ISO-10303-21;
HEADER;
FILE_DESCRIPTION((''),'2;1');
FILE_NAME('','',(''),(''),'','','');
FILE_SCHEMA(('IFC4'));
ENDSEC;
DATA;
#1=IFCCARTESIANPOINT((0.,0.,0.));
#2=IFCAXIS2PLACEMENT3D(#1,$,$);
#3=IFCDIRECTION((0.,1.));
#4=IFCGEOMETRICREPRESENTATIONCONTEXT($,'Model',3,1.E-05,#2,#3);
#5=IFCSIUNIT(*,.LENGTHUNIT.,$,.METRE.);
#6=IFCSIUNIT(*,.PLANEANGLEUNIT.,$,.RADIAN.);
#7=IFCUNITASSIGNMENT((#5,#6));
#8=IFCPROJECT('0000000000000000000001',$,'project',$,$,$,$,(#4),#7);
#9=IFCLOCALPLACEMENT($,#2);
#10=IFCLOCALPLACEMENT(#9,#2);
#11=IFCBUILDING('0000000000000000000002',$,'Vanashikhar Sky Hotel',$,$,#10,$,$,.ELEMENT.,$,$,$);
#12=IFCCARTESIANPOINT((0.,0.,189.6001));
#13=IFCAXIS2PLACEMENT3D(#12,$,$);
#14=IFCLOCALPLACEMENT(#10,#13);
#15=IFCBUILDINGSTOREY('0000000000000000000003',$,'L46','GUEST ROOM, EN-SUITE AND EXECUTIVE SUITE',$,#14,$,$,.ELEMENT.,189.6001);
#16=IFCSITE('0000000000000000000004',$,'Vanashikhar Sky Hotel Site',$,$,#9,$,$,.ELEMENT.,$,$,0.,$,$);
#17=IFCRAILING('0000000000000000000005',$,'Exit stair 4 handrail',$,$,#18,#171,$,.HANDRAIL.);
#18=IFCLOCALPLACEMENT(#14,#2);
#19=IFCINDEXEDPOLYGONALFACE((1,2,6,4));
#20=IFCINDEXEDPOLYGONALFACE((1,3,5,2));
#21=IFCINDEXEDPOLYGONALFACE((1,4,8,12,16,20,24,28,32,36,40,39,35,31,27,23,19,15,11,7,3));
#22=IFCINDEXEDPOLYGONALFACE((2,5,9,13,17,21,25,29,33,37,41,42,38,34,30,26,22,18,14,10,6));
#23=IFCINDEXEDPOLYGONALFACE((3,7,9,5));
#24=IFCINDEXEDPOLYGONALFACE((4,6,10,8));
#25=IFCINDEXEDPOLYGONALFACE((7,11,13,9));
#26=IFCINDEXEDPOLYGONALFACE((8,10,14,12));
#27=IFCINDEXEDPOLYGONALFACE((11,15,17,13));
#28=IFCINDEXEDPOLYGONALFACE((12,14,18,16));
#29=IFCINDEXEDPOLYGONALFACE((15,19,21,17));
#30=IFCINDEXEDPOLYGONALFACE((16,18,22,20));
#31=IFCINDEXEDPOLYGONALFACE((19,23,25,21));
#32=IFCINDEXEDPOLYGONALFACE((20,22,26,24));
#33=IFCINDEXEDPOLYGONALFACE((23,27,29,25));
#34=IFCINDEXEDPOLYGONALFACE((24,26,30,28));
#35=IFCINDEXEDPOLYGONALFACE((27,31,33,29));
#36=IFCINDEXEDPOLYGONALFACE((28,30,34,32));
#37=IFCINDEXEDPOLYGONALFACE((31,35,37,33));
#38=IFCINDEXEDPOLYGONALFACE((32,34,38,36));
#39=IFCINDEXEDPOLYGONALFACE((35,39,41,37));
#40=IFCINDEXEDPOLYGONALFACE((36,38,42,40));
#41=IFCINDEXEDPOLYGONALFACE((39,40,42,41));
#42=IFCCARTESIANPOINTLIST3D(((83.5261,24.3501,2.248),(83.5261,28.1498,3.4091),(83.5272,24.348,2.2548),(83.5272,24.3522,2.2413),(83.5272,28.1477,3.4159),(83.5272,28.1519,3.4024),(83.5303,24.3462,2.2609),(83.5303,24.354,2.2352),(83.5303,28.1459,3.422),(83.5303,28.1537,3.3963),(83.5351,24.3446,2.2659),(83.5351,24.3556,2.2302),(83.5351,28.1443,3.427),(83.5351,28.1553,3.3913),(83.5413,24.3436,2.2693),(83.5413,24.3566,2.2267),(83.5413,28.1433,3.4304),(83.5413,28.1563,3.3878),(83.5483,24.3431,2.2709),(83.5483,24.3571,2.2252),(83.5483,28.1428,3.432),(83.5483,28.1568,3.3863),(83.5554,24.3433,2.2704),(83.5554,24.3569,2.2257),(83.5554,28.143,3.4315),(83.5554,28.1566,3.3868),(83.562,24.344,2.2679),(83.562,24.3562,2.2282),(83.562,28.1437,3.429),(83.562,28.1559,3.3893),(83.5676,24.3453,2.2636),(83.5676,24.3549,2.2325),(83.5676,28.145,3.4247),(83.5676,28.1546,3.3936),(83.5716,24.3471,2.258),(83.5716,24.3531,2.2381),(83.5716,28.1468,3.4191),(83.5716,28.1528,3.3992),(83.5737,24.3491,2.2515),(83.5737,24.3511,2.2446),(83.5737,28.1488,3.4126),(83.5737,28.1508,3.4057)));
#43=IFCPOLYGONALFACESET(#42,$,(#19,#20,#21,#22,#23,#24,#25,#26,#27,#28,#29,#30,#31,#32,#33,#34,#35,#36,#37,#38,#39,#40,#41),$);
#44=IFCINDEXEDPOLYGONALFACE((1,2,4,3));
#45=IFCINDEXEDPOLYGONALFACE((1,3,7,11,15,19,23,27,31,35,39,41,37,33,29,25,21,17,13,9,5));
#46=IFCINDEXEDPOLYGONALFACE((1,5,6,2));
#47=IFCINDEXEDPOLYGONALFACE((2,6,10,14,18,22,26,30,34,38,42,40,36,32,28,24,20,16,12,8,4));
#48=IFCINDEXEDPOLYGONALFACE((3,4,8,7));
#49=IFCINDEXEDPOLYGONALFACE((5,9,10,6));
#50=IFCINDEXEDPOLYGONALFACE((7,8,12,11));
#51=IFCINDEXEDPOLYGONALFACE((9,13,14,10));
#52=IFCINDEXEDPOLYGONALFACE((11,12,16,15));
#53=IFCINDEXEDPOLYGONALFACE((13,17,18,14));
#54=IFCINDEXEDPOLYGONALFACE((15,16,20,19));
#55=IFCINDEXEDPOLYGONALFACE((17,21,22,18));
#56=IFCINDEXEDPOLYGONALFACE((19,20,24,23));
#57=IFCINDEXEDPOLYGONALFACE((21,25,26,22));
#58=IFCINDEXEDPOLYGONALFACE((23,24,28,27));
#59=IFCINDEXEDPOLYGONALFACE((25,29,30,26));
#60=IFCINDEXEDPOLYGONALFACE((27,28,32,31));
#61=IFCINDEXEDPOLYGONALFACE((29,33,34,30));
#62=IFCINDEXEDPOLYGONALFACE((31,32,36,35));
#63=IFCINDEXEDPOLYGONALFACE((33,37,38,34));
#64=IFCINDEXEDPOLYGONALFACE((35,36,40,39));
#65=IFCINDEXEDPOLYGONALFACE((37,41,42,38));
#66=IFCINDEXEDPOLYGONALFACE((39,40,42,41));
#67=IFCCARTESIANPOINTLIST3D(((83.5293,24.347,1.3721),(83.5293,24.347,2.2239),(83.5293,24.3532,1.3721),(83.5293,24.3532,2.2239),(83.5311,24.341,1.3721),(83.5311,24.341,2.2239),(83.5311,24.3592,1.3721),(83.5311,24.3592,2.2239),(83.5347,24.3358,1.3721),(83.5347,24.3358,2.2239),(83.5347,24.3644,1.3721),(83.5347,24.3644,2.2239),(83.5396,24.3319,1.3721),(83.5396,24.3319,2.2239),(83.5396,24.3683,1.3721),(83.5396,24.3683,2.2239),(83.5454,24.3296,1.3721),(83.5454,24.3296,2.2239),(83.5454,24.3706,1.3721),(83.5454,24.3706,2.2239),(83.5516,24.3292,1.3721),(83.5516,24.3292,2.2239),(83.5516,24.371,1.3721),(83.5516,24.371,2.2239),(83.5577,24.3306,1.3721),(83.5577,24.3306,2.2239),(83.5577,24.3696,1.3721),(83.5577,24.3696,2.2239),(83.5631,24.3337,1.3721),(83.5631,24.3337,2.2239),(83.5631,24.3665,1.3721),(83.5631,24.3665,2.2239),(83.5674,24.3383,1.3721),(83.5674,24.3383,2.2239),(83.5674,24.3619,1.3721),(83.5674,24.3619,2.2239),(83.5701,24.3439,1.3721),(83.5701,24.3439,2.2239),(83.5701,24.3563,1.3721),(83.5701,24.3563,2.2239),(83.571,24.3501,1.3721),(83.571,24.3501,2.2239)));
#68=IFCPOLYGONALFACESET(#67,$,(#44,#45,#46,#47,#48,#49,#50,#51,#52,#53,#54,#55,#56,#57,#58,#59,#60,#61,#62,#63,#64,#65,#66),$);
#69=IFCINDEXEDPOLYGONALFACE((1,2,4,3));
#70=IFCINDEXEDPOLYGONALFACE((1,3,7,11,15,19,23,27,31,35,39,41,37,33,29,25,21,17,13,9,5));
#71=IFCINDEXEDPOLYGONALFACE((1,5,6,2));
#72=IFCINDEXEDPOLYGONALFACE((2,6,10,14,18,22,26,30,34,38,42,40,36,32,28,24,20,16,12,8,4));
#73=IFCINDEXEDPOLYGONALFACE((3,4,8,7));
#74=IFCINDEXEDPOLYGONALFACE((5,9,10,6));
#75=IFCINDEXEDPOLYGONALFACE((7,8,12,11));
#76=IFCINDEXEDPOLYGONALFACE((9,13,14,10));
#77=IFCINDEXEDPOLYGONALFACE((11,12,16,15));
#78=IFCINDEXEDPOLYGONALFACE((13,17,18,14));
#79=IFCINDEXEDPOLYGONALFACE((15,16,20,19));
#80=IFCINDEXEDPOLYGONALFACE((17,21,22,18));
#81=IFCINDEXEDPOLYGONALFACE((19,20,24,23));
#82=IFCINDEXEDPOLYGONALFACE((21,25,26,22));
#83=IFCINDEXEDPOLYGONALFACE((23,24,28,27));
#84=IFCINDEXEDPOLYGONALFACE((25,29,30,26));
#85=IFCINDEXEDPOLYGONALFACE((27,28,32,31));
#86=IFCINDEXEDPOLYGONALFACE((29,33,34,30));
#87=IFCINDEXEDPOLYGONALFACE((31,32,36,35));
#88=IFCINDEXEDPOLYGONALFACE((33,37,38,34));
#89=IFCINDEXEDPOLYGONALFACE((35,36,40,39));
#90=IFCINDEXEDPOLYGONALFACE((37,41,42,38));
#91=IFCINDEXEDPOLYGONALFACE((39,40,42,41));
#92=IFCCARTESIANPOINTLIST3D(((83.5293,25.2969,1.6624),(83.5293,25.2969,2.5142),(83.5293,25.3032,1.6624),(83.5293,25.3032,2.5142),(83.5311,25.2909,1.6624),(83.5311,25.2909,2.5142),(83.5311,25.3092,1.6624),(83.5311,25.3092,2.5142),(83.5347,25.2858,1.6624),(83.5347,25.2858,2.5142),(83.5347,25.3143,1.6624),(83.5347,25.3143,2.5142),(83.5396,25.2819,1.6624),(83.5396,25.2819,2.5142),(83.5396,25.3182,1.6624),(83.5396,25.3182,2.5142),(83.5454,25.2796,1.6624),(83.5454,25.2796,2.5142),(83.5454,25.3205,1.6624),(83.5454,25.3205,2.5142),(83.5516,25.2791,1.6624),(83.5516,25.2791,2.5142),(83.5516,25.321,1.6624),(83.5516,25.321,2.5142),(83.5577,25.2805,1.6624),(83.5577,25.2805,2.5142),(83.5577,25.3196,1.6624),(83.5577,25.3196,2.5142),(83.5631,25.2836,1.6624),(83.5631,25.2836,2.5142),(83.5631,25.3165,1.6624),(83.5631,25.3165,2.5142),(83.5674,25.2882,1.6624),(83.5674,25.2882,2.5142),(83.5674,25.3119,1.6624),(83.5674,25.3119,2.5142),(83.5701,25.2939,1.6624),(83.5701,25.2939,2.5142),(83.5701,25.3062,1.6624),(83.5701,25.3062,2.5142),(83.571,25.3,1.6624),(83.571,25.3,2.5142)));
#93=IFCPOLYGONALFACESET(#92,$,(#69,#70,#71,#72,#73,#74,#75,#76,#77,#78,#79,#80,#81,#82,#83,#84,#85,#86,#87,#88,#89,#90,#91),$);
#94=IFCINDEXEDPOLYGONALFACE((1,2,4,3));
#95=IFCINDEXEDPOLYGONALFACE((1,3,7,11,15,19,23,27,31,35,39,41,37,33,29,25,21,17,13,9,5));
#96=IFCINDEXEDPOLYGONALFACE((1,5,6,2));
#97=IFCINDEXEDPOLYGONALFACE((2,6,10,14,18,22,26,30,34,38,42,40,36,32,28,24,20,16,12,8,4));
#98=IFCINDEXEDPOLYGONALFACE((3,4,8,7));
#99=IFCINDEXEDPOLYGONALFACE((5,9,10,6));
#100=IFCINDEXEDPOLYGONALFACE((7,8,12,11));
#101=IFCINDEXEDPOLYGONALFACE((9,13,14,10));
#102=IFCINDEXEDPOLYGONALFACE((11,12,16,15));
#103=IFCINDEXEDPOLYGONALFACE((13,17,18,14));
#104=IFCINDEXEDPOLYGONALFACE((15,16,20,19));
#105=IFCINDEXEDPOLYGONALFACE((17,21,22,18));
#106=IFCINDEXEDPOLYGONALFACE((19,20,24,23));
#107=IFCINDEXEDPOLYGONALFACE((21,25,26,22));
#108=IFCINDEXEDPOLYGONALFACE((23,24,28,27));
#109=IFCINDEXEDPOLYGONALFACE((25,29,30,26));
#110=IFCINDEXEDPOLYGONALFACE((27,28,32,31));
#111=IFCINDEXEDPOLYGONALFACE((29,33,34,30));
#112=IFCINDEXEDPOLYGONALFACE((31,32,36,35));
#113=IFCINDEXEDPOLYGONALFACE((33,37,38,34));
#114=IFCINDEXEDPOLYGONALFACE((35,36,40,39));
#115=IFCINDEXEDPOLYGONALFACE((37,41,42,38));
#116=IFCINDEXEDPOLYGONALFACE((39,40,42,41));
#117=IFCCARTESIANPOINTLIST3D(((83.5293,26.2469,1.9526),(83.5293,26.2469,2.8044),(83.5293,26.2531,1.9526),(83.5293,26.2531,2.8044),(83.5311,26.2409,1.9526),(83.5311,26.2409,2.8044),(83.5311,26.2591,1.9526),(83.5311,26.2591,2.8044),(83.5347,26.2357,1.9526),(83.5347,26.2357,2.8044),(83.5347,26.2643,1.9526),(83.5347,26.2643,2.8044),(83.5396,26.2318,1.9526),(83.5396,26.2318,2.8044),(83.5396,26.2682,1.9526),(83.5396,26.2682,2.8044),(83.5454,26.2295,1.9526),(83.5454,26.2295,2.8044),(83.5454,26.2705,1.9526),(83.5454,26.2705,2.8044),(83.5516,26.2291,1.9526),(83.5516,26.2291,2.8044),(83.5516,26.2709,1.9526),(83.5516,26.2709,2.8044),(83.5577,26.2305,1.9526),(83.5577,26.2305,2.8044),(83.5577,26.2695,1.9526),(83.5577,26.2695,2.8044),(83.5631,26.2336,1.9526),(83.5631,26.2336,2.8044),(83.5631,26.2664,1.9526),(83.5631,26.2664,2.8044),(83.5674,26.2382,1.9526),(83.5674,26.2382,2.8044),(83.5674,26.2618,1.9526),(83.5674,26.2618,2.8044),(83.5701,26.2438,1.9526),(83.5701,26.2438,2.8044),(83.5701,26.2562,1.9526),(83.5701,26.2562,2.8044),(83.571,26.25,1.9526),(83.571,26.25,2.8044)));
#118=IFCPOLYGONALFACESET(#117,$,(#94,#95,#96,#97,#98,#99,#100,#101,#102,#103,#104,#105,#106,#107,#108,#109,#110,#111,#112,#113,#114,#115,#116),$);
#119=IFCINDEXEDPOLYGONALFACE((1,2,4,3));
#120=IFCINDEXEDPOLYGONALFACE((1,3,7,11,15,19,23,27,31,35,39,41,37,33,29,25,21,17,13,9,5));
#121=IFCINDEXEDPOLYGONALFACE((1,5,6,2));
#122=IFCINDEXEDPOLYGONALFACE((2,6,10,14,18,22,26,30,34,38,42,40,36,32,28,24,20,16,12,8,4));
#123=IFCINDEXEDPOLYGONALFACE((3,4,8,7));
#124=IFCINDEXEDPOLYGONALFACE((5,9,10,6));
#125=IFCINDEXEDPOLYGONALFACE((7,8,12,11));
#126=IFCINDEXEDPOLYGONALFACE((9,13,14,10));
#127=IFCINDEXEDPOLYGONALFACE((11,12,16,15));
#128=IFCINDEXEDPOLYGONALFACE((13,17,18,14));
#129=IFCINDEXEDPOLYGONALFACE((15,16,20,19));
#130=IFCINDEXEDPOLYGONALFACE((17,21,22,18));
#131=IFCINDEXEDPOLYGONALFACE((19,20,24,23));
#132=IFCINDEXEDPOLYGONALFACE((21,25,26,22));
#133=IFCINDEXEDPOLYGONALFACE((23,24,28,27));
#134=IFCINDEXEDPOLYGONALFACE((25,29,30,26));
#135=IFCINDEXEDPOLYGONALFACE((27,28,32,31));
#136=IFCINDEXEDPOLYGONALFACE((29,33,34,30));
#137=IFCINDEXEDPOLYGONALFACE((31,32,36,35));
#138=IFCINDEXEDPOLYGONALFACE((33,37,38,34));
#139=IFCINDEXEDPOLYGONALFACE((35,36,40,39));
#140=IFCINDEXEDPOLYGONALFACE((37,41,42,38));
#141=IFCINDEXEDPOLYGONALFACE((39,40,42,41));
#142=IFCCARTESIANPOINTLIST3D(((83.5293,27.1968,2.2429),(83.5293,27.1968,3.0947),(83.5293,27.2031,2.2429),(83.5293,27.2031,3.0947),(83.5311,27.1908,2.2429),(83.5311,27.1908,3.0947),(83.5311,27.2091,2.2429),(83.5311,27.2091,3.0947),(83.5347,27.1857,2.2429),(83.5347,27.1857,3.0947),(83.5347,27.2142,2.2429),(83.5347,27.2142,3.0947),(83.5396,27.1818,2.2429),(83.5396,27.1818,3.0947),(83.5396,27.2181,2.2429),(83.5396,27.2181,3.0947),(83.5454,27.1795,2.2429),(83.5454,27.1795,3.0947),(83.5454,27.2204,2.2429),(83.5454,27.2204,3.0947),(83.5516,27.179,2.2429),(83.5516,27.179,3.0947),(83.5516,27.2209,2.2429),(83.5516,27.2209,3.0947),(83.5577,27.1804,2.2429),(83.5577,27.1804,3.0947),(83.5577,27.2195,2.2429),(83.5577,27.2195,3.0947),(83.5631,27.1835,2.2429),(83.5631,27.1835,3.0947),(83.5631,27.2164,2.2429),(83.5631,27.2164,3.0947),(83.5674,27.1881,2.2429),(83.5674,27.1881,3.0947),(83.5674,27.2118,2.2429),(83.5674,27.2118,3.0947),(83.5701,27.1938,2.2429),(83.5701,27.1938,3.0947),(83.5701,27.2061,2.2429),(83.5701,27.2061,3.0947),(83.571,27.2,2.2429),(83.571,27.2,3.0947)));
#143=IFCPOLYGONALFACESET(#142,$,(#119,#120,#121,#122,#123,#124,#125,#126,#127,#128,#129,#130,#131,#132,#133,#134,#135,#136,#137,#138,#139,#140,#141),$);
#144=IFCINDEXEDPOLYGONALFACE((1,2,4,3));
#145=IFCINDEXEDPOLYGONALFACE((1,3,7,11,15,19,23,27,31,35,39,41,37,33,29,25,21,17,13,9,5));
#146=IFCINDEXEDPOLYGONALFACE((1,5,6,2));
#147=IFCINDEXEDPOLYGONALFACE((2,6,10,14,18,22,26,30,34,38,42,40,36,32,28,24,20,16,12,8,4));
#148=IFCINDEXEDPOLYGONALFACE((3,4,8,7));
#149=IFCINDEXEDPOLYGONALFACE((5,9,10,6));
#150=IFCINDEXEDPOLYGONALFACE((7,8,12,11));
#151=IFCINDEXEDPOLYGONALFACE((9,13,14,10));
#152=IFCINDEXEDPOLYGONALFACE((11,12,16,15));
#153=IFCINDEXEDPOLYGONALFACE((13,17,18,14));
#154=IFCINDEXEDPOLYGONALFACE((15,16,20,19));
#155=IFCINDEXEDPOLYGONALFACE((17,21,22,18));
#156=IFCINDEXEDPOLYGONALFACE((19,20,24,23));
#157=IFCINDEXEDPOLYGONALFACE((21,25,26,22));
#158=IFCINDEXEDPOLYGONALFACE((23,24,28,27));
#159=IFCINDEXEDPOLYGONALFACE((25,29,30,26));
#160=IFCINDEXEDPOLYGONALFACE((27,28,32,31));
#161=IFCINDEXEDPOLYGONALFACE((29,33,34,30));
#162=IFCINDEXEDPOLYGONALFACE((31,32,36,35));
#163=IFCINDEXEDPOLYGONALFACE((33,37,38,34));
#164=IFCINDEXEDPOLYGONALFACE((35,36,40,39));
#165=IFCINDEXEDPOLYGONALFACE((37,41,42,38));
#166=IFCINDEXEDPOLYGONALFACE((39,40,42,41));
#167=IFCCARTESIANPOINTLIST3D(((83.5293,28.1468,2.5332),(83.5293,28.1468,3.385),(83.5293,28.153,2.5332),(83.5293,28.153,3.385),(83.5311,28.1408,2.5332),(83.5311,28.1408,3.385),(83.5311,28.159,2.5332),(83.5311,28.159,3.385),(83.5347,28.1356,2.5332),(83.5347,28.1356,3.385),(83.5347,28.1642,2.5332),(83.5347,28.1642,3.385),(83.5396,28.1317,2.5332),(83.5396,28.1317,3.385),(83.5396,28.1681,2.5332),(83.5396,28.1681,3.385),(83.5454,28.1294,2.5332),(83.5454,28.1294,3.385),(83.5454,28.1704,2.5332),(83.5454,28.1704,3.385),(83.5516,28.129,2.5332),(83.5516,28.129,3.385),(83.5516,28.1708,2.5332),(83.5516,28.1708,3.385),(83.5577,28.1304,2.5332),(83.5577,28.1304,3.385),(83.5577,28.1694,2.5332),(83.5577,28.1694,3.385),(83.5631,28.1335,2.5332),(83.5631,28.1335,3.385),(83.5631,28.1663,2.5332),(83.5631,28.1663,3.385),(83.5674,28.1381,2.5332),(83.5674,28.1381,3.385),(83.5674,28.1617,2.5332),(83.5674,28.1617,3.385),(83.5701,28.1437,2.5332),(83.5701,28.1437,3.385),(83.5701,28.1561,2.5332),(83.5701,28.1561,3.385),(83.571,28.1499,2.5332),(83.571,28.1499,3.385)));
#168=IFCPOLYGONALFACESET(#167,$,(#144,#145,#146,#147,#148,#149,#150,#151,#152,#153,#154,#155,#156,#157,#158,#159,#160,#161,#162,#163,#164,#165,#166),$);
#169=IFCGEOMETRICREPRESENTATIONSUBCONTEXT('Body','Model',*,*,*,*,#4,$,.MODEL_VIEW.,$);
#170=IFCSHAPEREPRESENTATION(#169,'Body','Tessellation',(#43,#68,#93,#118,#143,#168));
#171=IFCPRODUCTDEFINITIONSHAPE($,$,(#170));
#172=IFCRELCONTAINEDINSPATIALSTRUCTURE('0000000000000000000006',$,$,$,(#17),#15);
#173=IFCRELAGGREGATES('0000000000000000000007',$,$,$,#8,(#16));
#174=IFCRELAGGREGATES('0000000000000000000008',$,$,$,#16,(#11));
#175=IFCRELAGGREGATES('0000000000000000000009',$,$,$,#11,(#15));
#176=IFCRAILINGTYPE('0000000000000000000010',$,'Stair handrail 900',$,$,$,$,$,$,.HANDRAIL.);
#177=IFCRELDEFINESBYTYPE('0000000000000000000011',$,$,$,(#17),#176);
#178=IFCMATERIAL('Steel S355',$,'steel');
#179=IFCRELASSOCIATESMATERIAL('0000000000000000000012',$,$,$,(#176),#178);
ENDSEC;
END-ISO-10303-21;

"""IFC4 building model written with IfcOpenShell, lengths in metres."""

from ifc_helpers import new_model, si_unit, direction, frame, origin, origin_2d, place, context, subcontext, project, spatial, circle, extrude, source, transform, mapped, material, type_object, element, save


model = new_model("IFC4")

# Units and contexts
model_context = context("Model", 3, precision=1e-05, world=origin(), true_north=direction((0.0, 1.0)))
body_context = subcontext(model_context, "Body", "Model", "MODEL_VIEW")
ifc_project = project(units=[si_unit("LENGTHUNIT", "METRE"), si_unit("PLANEANGLEUNIT", "RADIAN")], contexts=[model_context])

# Site, building, storey
site_placement = place(None, origin())
site = spatial("IfcSite", under=ifc_project, at=site_placement, Name="Vanashikhar Sky Hotel Site", CompositionType="ELEMENT", RefElevation=0.0)
building_placement = place(site_placement, origin())
building = spatial("IfcBuilding", under=site, at=building_placement, Name="Vanashikhar Sky Hotel", CompositionType="ELEMENT")
storey_placement = place(building_placement, frame((0.0, 0.0, 189.6001)))
storey = spatial("IfcBuildingStorey", under=building, at=storey_placement, Name="L46", Description="GUEST ROOM, EN-SUITE AND EXECUTIVE SUITE", CompositionType="ELEMENT", Elevation=189.6001)

# Railing
ifc_material_1 = material(Name="Steel S355", Category="steel")
railing_type_1 = type_object("IfcRailingType", Name="Stair handrail 900", PredefinedType="HANDRAIL", material=ifc_material_1)
shared_shape_1 = source(origin(), body_context, "Body", "SweptSolid", [
    extrude(circle(Radius=0.0239, at=origin_2d()), frame((0.0, 0.0, 0.876), z_axis=(0.0, 0.956346, 0.292237), x_axis=(-1.0, 0.0, 0.0)), (0.0, 0.0, 1.0), 3.9731),
    extrude(circle(Radius=0.021, at=origin_2d()), origin(), (0.0, 0.0, 1.0), 0.8518),
    extrude(circle(Radius=0.021, at=origin_2d()), frame((0.0, 0.95, 0.2903)), (0.0, 0.0, 1.0), 0.8518),
    extrude(circle(Radius=0.021, at=origin_2d()), frame((0.0, 1.8999, 0.5806)), (0.0, 0.0, 1.0), 0.8518),
    extrude(circle(Radius=0.021, at=origin_2d()), frame((0.0, 2.8499, 0.8708)), (0.0, 0.0, 1.0), 0.8518),
    extrude(circle(Radius=0.021, at=origin_2d()), frame((0.0, 3.7998, 1.1611)), (0.0, 0.0, 1.0), 0.8518),
])
railing_1_placement = place(storey_placement, frame((83.55, 24.3501, 1.3721)))
element("IfcRailing", 1, at=railing_1_placement, inside=storey, type_object=railing_type_1, Name="Exit stair 4 handrail", PredefinedType="HANDRAIL", context=body_context, shape_type="MappedRepresentation", body=[
    mapped(shared_shape_1, transform((0.0, 0.0, 0.0), scale=1.0)),
])

save(model, "model.ifc")
